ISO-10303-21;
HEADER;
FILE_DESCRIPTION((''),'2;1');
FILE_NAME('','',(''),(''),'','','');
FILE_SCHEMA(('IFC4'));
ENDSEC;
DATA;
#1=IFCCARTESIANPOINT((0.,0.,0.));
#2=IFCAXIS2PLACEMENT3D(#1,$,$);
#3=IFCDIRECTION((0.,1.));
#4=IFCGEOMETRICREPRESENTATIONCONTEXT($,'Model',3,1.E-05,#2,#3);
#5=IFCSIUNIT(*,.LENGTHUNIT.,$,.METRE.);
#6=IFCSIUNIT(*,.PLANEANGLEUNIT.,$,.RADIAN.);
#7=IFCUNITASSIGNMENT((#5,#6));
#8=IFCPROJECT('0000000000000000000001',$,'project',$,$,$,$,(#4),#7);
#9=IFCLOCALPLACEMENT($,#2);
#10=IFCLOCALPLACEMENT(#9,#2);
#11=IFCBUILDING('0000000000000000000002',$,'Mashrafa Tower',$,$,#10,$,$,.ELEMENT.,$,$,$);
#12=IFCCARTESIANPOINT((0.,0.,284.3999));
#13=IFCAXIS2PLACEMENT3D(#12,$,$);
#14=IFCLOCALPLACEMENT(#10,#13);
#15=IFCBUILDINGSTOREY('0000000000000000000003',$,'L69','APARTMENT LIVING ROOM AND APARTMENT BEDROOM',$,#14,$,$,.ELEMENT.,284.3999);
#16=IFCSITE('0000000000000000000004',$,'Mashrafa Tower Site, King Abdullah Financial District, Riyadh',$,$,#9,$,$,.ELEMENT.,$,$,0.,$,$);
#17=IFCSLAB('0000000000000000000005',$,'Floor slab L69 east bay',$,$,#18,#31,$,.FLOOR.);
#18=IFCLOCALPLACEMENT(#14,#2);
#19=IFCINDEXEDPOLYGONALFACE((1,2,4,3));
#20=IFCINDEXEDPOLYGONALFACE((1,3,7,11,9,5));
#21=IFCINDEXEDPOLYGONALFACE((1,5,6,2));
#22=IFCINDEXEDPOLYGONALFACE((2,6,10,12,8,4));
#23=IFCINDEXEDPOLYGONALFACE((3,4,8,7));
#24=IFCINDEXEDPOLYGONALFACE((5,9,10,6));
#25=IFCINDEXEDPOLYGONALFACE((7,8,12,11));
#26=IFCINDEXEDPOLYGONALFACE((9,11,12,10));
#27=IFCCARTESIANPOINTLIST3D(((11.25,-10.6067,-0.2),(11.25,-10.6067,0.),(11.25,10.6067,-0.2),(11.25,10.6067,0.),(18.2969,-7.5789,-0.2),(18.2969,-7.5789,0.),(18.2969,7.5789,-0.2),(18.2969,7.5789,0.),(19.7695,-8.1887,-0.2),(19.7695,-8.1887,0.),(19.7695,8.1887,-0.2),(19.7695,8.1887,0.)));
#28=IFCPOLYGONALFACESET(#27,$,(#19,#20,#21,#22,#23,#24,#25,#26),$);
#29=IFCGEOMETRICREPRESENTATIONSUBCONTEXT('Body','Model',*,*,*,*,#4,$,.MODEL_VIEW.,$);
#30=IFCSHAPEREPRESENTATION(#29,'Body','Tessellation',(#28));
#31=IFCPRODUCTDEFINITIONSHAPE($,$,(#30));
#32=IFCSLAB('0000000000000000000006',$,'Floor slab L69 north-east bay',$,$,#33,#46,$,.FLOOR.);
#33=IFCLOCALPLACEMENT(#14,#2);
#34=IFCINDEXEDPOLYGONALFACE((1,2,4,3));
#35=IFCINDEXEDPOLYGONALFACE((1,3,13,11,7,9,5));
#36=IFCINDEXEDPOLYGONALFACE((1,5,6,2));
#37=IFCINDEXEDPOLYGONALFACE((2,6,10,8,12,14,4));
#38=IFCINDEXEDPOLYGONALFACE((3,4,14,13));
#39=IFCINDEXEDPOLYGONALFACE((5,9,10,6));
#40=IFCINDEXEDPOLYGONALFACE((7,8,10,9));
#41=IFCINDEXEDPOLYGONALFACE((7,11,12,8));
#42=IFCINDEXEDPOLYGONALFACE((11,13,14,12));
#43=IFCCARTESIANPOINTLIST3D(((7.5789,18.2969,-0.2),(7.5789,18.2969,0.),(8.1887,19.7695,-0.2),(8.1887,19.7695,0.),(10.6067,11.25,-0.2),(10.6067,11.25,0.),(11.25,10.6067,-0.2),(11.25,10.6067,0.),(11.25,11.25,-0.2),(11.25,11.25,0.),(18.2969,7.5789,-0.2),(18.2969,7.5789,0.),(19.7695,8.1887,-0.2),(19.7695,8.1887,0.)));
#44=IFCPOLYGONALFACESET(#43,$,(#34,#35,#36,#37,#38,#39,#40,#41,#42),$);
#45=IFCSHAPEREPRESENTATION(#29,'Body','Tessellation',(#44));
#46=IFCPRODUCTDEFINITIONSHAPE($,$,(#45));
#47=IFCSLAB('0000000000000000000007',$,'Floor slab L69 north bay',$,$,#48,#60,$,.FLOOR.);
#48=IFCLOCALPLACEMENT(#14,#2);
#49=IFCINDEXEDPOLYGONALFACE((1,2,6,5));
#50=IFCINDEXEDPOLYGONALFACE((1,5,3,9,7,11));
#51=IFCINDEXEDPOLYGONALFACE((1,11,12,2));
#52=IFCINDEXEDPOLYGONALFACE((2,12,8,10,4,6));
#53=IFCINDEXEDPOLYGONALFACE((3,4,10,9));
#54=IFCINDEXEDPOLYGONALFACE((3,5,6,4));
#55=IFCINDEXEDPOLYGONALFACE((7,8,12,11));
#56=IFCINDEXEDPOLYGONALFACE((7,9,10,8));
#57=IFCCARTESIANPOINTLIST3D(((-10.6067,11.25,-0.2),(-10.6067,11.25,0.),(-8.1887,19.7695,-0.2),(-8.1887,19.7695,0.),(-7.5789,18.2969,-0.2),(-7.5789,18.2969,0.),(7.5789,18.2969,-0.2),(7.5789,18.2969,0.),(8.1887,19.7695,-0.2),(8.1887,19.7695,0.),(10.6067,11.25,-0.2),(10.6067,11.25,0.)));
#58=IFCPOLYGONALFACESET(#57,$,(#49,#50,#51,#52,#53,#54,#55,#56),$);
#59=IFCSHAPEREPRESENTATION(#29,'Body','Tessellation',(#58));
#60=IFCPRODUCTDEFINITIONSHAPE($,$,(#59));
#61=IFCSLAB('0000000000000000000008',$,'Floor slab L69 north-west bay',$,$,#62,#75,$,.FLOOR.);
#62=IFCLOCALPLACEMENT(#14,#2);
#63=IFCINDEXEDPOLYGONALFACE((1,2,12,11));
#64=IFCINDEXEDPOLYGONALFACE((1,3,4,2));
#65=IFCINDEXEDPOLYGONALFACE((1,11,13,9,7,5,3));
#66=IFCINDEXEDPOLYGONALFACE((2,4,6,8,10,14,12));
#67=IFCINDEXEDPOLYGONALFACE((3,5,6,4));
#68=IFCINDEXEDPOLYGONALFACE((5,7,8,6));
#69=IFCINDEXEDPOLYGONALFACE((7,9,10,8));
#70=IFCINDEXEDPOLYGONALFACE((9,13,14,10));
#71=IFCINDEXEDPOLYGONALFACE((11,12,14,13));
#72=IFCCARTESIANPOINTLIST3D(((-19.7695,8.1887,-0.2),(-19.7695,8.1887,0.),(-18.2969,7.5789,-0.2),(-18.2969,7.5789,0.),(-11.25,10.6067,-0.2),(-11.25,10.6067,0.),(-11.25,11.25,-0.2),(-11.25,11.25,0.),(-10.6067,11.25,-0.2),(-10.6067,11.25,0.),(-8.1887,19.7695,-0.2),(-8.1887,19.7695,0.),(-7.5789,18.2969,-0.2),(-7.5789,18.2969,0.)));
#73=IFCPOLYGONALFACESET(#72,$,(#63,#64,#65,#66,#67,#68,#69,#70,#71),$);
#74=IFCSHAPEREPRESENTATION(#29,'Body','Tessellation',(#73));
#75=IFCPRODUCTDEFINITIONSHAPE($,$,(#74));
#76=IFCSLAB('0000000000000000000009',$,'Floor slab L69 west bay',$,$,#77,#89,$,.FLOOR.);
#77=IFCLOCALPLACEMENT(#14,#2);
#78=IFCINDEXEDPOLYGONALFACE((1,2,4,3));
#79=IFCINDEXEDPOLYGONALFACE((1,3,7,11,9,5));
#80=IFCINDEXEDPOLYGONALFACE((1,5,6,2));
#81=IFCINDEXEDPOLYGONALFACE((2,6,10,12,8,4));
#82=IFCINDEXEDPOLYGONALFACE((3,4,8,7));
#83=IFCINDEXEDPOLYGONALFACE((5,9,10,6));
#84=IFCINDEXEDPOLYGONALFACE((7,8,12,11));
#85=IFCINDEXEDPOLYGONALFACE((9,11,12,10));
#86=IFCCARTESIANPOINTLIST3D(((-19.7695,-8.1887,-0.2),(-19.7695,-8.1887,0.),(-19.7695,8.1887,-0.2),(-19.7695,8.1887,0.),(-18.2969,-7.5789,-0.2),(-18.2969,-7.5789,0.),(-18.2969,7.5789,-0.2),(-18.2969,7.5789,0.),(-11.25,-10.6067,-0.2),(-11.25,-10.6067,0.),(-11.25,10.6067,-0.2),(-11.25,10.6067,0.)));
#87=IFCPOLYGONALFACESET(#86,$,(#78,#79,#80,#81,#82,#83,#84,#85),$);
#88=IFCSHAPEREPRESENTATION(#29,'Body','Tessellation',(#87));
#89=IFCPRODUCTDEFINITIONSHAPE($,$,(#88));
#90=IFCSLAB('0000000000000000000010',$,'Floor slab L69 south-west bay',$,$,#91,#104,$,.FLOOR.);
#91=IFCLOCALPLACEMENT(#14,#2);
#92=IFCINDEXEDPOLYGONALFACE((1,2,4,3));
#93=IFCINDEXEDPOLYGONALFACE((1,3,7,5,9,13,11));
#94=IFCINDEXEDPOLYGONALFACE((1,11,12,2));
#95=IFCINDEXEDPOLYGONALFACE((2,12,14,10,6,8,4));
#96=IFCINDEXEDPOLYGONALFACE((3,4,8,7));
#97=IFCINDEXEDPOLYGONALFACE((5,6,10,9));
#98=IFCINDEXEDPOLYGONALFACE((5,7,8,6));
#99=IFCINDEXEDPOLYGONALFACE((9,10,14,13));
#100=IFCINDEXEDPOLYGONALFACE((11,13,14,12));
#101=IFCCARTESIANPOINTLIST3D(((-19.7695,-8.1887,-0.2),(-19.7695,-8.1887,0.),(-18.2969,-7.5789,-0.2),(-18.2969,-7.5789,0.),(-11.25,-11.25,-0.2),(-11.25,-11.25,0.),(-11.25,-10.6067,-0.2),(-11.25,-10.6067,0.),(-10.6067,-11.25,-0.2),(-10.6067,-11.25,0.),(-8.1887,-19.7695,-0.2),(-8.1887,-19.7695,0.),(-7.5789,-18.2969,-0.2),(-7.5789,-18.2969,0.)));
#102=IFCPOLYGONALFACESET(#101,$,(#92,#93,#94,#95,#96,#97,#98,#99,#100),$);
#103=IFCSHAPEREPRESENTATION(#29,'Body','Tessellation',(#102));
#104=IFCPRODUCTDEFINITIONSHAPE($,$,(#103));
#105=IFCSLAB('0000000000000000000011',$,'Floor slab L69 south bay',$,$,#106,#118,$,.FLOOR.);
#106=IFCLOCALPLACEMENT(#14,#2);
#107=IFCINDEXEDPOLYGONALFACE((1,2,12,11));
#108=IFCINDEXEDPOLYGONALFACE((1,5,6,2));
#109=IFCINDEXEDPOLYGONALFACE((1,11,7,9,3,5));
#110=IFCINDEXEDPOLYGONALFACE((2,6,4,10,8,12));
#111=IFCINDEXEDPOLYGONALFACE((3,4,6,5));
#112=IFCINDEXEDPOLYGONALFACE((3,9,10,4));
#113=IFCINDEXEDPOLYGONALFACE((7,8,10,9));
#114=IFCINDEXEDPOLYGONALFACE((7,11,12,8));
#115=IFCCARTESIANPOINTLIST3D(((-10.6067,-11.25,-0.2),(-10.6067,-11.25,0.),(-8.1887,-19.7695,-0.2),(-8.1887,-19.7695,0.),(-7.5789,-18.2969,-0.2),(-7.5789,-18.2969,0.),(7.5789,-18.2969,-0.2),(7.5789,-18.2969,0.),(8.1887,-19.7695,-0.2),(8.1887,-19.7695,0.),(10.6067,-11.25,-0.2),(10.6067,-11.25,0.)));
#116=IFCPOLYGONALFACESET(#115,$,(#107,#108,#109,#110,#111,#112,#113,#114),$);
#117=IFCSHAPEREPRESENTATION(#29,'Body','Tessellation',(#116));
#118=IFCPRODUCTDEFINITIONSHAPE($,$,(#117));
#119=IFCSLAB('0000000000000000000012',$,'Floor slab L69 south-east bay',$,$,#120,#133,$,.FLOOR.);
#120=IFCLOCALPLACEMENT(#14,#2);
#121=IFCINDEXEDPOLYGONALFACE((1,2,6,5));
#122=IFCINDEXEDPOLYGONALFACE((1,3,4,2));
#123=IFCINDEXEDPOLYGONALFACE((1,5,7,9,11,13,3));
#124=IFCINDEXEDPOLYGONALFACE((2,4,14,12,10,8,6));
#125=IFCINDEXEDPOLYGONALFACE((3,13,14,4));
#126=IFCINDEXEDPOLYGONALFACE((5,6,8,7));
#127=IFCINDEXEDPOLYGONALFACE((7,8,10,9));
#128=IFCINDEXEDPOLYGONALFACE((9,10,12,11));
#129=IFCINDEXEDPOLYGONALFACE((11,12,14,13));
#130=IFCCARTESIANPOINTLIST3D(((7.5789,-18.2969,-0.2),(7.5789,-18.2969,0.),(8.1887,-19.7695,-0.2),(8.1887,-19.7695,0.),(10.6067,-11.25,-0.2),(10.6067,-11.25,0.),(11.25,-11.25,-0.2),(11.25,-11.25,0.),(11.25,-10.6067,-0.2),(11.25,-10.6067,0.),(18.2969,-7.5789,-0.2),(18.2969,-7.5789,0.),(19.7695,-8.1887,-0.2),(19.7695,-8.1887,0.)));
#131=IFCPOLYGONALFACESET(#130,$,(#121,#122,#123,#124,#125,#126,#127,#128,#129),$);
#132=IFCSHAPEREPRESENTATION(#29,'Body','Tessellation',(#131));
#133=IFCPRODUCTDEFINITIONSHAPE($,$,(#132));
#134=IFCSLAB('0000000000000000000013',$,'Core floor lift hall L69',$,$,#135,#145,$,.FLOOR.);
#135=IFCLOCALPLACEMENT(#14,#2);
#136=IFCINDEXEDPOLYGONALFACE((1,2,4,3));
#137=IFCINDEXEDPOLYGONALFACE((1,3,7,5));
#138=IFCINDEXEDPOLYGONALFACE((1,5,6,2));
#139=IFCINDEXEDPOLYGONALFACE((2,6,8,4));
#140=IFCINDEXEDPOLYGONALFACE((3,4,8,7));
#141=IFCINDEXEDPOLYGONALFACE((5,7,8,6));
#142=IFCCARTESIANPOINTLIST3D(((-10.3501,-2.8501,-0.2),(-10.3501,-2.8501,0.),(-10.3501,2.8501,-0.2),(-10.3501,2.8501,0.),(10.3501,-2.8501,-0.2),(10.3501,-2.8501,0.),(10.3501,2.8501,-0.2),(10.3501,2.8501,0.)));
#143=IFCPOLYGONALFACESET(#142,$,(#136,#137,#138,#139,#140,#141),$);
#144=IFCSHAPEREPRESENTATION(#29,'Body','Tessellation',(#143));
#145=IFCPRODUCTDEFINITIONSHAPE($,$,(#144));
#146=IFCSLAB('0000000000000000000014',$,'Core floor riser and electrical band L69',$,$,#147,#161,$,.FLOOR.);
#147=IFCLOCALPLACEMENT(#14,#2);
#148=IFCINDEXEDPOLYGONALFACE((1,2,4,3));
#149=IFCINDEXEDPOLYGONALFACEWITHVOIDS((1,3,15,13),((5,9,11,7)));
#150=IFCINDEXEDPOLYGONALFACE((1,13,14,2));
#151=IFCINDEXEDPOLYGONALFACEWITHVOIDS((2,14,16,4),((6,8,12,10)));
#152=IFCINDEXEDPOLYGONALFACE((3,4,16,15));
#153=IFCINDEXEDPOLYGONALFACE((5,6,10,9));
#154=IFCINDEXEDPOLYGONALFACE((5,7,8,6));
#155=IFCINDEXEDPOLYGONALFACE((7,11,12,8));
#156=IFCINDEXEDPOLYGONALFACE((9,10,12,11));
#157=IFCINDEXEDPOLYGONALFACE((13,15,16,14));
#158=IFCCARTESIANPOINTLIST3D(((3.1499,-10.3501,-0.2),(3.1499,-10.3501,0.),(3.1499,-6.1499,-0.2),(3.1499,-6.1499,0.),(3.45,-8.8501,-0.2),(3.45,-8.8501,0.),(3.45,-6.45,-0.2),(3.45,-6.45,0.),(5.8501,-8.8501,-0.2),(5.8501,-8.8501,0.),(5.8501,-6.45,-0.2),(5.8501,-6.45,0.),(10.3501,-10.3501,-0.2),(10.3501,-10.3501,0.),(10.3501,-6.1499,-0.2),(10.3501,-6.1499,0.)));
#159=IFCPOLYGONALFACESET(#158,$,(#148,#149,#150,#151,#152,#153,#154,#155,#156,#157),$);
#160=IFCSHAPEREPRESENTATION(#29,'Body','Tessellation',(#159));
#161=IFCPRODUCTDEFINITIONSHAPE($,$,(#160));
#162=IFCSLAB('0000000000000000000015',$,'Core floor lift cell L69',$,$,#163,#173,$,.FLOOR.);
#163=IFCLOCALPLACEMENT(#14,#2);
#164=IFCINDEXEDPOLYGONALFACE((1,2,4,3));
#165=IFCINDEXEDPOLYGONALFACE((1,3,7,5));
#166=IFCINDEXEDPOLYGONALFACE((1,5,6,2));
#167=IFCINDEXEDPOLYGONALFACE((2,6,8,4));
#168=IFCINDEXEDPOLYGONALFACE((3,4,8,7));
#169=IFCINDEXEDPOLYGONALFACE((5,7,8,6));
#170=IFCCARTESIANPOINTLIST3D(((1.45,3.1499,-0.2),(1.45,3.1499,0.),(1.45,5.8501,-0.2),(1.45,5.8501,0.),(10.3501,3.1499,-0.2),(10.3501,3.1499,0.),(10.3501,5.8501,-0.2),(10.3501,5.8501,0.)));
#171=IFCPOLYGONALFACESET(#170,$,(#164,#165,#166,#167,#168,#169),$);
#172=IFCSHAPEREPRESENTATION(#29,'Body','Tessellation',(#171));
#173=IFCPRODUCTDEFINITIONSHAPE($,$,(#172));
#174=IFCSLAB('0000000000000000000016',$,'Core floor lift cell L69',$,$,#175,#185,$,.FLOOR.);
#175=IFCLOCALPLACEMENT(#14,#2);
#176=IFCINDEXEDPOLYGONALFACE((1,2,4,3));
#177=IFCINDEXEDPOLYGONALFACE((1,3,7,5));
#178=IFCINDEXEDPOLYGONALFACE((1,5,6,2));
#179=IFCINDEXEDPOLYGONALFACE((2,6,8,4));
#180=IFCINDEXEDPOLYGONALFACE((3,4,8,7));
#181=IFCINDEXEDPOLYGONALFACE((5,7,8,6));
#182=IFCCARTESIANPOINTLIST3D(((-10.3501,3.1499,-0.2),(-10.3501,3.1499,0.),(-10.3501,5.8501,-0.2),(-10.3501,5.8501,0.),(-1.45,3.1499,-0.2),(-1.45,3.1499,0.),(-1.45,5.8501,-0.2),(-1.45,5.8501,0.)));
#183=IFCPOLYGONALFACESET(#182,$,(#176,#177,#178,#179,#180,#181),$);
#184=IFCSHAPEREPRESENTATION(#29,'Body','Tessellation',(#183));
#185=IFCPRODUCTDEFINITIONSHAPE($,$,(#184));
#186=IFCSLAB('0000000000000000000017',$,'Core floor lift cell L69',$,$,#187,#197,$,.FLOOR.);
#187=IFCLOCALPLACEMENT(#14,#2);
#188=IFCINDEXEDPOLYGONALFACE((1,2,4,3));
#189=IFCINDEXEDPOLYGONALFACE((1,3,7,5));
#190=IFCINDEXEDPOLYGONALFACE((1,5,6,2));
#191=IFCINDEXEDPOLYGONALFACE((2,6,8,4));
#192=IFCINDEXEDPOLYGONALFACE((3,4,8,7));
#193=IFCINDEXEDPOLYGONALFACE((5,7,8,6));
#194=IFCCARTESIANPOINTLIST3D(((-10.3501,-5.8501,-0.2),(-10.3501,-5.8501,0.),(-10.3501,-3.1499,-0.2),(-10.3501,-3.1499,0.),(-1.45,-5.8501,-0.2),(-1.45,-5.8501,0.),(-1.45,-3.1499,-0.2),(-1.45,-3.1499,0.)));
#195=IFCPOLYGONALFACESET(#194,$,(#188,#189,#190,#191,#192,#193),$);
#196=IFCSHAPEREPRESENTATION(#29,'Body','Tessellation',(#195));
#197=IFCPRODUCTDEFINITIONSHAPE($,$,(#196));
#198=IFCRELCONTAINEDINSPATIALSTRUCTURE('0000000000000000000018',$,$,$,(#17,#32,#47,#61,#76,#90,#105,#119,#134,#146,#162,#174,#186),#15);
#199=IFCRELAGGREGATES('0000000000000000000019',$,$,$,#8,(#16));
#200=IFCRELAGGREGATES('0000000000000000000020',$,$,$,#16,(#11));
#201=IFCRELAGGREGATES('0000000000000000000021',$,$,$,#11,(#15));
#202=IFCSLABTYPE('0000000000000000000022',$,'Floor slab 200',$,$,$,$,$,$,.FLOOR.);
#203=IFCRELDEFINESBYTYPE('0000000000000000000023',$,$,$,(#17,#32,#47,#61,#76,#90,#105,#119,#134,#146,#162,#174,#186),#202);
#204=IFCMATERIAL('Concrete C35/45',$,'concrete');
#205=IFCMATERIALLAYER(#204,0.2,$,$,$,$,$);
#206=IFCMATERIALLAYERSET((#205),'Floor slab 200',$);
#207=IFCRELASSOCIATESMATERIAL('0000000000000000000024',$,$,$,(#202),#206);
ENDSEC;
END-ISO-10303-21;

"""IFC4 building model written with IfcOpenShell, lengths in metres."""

from ifc_helpers import new_model, si_unit, direction, frame, origin, place, context, subcontext, project, spatial, polyline, outline, extrude, material, layer, layer_set, type_object, element, save


model = new_model("IFC4")

# Units and contexts
model_context = context("Model", 3, precision=1e-05, world=origin(), true_north=direction((0.0, 1.0)))
body_context = subcontext(model_context, "Body", "Model", "MODEL_VIEW")
ifc_project = project(units=[si_unit("LENGTHUNIT", "METRE"), si_unit("PLANEANGLEUNIT", "RADIAN")], contexts=[model_context])

# Site, building, storey
site_placement = place(None, origin())
site = spatial("IfcSite", under=ifc_project, at=site_placement, Name="Mashrafa Tower Site, King Abdullah Financial District, Riyadh", CompositionType="ELEMENT", RefElevation=0.0)
building_placement = place(site_placement, origin())
building = spatial("IfcBuilding", under=site, at=building_placement, Name="Mashrafa Tower", CompositionType="ELEMENT")
storey_placement = place(building_placement, frame((0.0, 0.0, 284.3999)))
storey = spatial("IfcBuildingStorey", under=building, at=storey_placement, Name="L69", Description="APARTMENT LIVING ROOM AND APARTMENT BEDROOM", CompositionType="ELEMENT", Elevation=284.3999)

# Slabs
ifc_material_1 = material(Name="Concrete C35/45", Category="concrete")
ifc_layer_1 = layer(ifc_material_1, 0.2)
ifc_layer_set_1 = layer_set([ifc_layer_1], Name="Floor slab 200")
slab_type = type_object("IfcSlabType", Name="Floor slab 200", PredefinedType="FLOOR", material=ifc_layer_set_1)
slab_1_placement = place(storey_placement, frame((0.0, 0.0, -0.2)))
element("IfcSlab", 1, at=slab_1_placement, inside=storey, type_object=slab_type, Name="Floor slab L69 east bay", PredefinedType="FLOOR", context=body_context, shape_type="SweptSolid", body=[
    extrude(outline(polyline([(19.7695, -8.1887), (18.2969, -7.5789), (11.25, -10.6067), (11.25, 10.6067), (18.2969, 7.5789), (19.7695, 8.1887), (19.7695, -8.1887)])), origin(), (0.0, 0.0, 1.0), 0.2),
])
slab_2_placement = place(storey_placement, frame((0.0, 0.0, -0.2)))
element("IfcSlab", 2, at=slab_2_placement, inside=storey, type_object=slab_type, Name="Floor slab L69 north-east bay", PredefinedType="FLOOR", context=body_context, shape_type="SweptSolid", body=[
    extrude(outline(polyline([(8.1887, 19.7695), (19.7695, 8.1887), (19.7695, 8.1887), (18.2969, 7.5789), (11.25, 10.6067), (11.25, 11.25), (10.6067, 11.25), (7.5789, 18.2969), (8.1887, 19.7695), (8.1887, 19.7695)])), origin(), (0.0, 0.0, 1.0), 0.2),
])
slab_3_placement = place(storey_placement, frame((0.0, 0.0, -0.2)))
element("IfcSlab", 3, at=slab_3_placement, inside=storey, type_object=slab_type, Name="Floor slab L69 north bay", PredefinedType="FLOOR", context=body_context, shape_type="SweptSolid", body=[
    extrude(outline(polyline([(8.1887, 19.7695), (7.5789, 18.2969), (10.6067, 11.25), (-10.6067, 11.25), (-7.5789, 18.2969), (-8.1887, 19.7695), (8.1887, 19.7695)])), origin(), (0.0, 0.0, 1.0), 0.2),
])
slab_4_placement = place(storey_placement, frame((0.0, 0.0, -0.2)))
element("IfcSlab", 4, at=slab_4_placement, inside=storey, type_object=slab_type, Name="Floor slab L69 north-west bay", PredefinedType="FLOOR", context=body_context, shape_type="SweptSolid", body=[
    extrude(outline(polyline([(-19.7695, 8.1887), (-8.1887, 19.7695), (-8.1887, 19.7695), (-7.5789, 18.2969), (-10.6067, 11.25), (-11.25, 11.25), (-11.25, 10.6067), (-18.2969, 7.5789), (-19.7695, 8.1887), (-19.7695, 8.1887)])), origin(), (0.0, 0.0, 1.0), 0.2),
])
slab_5_placement = place(storey_placement, frame((0.0, 0.0, -0.2)))
element("IfcSlab", 5, at=slab_5_placement, inside=storey, type_object=slab_type, Name="Floor slab L69 west bay", PredefinedType="FLOOR", context=body_context, shape_type="SweptSolid", body=[
    extrude(outline(polyline([(-19.7695, 8.1887), (-18.2969, 7.5789), (-11.25, 10.6067), (-11.25, -10.6067), (-18.2969, -7.5789), (-19.7695, -8.1887), (-19.7695, 8.1887)])), origin(), (0.0, 0.0, 1.0), 0.2),
])
slab_6_placement = place(storey_placement, frame((0.0, 0.0, -0.2)))
element("IfcSlab", 6, at=slab_6_placement, inside=storey, type_object=slab_type, Name="Floor slab L69 south-west bay", PredefinedType="FLOOR", context=body_context, shape_type="SweptSolid", body=[
    extrude(outline(polyline([(-8.1887, -19.7695), (-19.7695, -8.1887), (-19.7695, -8.1887), (-18.2969, -7.5789), (-11.25, -10.6067), (-11.25, -11.25), (-10.6067, -11.25), (-7.5789, -18.2969), (-8.1887, -19.7695), (-8.1887, -19.7695)])), origin(), (0.0, 0.0, 1.0), 0.2),
])
slab_7_placement = place(storey_placement, frame((0.0, 0.0, -0.2)))
element("IfcSlab", 7, at=slab_7_placement, inside=storey, type_object=slab_type, Name="Floor slab L69 south bay", PredefinedType="FLOOR", context=body_context, shape_type="SweptSolid", body=[
    extrude(outline(polyline([(-8.1887, -19.7695), (-7.5789, -18.2969), (-10.6067, -11.25), (10.6067, -11.25), (7.5789, -18.2969), (8.1887, -19.7695), (-8.1887, -19.7695)])), origin(), (0.0, 0.0, 1.0), 0.2),
])
slab_8_placement = place(storey_placement, frame((0.0, 0.0, -0.2)))
element("IfcSlab", 8, at=slab_8_placement, inside=storey, type_object=slab_type, Name="Floor slab L69 south-east bay", PredefinedType="FLOOR", context=body_context, shape_type="SweptSolid", body=[
    extrude(outline(polyline([(8.1887, -19.7695), (7.5789, -18.2969), (10.6067, -11.25), (11.25, -11.25), (11.25, -10.6067), (18.2969, -7.5789), (19.7695, -8.1887), (19.7695, -8.1887), (8.1887, -19.7695), (8.1887, -19.7695)])), origin(), (0.0, 0.0, 1.0), 0.2),
])
slab_9_placement = place(storey_placement, frame((0.0, 0.0, -0.2)))
element("IfcSlab", 9, at=slab_9_placement, inside=storey, type_object=slab_type, Name="Core floor lift hall L69", PredefinedType="FLOOR", context=body_context, shape_type="SweptSolid", body=[
    extrude(outline(polyline([(-10.3501, 2.8501), (10.3501, 2.8501), (10.3501, -2.8501), (-10.3501, -2.8501), (-10.3501, 2.8501)])), origin(), (0.0, 0.0, 1.0), 0.2),
])
slab_10_placement = place(storey_placement, frame((0.0, 0.0, -0.2)))
element("IfcSlab", 10, at=slab_10_placement, inside=storey, type_object=slab_type, Name="Core floor riser and electrical band L69", PredefinedType="FLOOR", context=body_context, shape_type="SweptSolid", body=[
    extrude(outline(polyline([(10.3501, -6.1499), (10.3501, -10.3501), (3.1499, -10.3501), (3.1499, -6.1499), (10.3501, -6.1499)]), holes=[polyline([(3.45, -8.8501), (5.8501, -8.8501), (5.8501, -6.45), (3.45, -6.45), (3.45, -8.8501)])]), origin(), (0.0, 0.0, 1.0), 0.2),
])
slab_11_placement = place(storey_placement, frame((0.0, 0.0, -0.2)))
element("IfcSlab", 11, at=slab_11_placement, inside=storey, type_object=slab_type, Name="Core floor lift cell L69", PredefinedType="FLOOR", context=body_context, shape_type="SweptSolid", body=[
    extrude(outline(polyline([(10.3501, 5.8501), (10.3501, 3.1499), (1.45, 3.1499), (1.45, 5.8501), (10.3501, 5.8501)])), origin(), (0.0, 0.0, 1.0), 0.2),
])
slab_12_placement = place(storey_placement, frame((0.0, 0.0, -0.2)))
element("IfcSlab", 12, at=slab_12_placement, inside=storey, type_object=slab_type, Name="Core floor lift cell L69", PredefinedType="FLOOR", context=body_context, shape_type="SweptSolid", body=[
    extrude(outline(polyline([(-1.45, 3.1499), (-10.3501, 3.1499), (-10.3501, 5.8501), (-1.45, 5.8501), (-1.45, 3.1499)])), origin(), (0.0, 0.0, 1.0), 0.2),
])
slab_13_placement = place(storey_placement, frame((0.0, 0.0, -0.2)))
element("IfcSlab", 13, at=slab_13_placement, inside=storey, type_object=slab_type, Name="Core floor lift cell L69", PredefinedType="FLOOR", context=body_context, shape_type="SweptSolid", body=[
    extrude(outline(polyline([(-1.45, -3.1499), (-1.45, -5.8501), (-10.3501, -5.8501), (-10.3501, -3.1499), (-1.45, -3.1499)])), origin(), (0.0, 0.0, 1.0), 0.2),
])

save(model, "model.ifc")
